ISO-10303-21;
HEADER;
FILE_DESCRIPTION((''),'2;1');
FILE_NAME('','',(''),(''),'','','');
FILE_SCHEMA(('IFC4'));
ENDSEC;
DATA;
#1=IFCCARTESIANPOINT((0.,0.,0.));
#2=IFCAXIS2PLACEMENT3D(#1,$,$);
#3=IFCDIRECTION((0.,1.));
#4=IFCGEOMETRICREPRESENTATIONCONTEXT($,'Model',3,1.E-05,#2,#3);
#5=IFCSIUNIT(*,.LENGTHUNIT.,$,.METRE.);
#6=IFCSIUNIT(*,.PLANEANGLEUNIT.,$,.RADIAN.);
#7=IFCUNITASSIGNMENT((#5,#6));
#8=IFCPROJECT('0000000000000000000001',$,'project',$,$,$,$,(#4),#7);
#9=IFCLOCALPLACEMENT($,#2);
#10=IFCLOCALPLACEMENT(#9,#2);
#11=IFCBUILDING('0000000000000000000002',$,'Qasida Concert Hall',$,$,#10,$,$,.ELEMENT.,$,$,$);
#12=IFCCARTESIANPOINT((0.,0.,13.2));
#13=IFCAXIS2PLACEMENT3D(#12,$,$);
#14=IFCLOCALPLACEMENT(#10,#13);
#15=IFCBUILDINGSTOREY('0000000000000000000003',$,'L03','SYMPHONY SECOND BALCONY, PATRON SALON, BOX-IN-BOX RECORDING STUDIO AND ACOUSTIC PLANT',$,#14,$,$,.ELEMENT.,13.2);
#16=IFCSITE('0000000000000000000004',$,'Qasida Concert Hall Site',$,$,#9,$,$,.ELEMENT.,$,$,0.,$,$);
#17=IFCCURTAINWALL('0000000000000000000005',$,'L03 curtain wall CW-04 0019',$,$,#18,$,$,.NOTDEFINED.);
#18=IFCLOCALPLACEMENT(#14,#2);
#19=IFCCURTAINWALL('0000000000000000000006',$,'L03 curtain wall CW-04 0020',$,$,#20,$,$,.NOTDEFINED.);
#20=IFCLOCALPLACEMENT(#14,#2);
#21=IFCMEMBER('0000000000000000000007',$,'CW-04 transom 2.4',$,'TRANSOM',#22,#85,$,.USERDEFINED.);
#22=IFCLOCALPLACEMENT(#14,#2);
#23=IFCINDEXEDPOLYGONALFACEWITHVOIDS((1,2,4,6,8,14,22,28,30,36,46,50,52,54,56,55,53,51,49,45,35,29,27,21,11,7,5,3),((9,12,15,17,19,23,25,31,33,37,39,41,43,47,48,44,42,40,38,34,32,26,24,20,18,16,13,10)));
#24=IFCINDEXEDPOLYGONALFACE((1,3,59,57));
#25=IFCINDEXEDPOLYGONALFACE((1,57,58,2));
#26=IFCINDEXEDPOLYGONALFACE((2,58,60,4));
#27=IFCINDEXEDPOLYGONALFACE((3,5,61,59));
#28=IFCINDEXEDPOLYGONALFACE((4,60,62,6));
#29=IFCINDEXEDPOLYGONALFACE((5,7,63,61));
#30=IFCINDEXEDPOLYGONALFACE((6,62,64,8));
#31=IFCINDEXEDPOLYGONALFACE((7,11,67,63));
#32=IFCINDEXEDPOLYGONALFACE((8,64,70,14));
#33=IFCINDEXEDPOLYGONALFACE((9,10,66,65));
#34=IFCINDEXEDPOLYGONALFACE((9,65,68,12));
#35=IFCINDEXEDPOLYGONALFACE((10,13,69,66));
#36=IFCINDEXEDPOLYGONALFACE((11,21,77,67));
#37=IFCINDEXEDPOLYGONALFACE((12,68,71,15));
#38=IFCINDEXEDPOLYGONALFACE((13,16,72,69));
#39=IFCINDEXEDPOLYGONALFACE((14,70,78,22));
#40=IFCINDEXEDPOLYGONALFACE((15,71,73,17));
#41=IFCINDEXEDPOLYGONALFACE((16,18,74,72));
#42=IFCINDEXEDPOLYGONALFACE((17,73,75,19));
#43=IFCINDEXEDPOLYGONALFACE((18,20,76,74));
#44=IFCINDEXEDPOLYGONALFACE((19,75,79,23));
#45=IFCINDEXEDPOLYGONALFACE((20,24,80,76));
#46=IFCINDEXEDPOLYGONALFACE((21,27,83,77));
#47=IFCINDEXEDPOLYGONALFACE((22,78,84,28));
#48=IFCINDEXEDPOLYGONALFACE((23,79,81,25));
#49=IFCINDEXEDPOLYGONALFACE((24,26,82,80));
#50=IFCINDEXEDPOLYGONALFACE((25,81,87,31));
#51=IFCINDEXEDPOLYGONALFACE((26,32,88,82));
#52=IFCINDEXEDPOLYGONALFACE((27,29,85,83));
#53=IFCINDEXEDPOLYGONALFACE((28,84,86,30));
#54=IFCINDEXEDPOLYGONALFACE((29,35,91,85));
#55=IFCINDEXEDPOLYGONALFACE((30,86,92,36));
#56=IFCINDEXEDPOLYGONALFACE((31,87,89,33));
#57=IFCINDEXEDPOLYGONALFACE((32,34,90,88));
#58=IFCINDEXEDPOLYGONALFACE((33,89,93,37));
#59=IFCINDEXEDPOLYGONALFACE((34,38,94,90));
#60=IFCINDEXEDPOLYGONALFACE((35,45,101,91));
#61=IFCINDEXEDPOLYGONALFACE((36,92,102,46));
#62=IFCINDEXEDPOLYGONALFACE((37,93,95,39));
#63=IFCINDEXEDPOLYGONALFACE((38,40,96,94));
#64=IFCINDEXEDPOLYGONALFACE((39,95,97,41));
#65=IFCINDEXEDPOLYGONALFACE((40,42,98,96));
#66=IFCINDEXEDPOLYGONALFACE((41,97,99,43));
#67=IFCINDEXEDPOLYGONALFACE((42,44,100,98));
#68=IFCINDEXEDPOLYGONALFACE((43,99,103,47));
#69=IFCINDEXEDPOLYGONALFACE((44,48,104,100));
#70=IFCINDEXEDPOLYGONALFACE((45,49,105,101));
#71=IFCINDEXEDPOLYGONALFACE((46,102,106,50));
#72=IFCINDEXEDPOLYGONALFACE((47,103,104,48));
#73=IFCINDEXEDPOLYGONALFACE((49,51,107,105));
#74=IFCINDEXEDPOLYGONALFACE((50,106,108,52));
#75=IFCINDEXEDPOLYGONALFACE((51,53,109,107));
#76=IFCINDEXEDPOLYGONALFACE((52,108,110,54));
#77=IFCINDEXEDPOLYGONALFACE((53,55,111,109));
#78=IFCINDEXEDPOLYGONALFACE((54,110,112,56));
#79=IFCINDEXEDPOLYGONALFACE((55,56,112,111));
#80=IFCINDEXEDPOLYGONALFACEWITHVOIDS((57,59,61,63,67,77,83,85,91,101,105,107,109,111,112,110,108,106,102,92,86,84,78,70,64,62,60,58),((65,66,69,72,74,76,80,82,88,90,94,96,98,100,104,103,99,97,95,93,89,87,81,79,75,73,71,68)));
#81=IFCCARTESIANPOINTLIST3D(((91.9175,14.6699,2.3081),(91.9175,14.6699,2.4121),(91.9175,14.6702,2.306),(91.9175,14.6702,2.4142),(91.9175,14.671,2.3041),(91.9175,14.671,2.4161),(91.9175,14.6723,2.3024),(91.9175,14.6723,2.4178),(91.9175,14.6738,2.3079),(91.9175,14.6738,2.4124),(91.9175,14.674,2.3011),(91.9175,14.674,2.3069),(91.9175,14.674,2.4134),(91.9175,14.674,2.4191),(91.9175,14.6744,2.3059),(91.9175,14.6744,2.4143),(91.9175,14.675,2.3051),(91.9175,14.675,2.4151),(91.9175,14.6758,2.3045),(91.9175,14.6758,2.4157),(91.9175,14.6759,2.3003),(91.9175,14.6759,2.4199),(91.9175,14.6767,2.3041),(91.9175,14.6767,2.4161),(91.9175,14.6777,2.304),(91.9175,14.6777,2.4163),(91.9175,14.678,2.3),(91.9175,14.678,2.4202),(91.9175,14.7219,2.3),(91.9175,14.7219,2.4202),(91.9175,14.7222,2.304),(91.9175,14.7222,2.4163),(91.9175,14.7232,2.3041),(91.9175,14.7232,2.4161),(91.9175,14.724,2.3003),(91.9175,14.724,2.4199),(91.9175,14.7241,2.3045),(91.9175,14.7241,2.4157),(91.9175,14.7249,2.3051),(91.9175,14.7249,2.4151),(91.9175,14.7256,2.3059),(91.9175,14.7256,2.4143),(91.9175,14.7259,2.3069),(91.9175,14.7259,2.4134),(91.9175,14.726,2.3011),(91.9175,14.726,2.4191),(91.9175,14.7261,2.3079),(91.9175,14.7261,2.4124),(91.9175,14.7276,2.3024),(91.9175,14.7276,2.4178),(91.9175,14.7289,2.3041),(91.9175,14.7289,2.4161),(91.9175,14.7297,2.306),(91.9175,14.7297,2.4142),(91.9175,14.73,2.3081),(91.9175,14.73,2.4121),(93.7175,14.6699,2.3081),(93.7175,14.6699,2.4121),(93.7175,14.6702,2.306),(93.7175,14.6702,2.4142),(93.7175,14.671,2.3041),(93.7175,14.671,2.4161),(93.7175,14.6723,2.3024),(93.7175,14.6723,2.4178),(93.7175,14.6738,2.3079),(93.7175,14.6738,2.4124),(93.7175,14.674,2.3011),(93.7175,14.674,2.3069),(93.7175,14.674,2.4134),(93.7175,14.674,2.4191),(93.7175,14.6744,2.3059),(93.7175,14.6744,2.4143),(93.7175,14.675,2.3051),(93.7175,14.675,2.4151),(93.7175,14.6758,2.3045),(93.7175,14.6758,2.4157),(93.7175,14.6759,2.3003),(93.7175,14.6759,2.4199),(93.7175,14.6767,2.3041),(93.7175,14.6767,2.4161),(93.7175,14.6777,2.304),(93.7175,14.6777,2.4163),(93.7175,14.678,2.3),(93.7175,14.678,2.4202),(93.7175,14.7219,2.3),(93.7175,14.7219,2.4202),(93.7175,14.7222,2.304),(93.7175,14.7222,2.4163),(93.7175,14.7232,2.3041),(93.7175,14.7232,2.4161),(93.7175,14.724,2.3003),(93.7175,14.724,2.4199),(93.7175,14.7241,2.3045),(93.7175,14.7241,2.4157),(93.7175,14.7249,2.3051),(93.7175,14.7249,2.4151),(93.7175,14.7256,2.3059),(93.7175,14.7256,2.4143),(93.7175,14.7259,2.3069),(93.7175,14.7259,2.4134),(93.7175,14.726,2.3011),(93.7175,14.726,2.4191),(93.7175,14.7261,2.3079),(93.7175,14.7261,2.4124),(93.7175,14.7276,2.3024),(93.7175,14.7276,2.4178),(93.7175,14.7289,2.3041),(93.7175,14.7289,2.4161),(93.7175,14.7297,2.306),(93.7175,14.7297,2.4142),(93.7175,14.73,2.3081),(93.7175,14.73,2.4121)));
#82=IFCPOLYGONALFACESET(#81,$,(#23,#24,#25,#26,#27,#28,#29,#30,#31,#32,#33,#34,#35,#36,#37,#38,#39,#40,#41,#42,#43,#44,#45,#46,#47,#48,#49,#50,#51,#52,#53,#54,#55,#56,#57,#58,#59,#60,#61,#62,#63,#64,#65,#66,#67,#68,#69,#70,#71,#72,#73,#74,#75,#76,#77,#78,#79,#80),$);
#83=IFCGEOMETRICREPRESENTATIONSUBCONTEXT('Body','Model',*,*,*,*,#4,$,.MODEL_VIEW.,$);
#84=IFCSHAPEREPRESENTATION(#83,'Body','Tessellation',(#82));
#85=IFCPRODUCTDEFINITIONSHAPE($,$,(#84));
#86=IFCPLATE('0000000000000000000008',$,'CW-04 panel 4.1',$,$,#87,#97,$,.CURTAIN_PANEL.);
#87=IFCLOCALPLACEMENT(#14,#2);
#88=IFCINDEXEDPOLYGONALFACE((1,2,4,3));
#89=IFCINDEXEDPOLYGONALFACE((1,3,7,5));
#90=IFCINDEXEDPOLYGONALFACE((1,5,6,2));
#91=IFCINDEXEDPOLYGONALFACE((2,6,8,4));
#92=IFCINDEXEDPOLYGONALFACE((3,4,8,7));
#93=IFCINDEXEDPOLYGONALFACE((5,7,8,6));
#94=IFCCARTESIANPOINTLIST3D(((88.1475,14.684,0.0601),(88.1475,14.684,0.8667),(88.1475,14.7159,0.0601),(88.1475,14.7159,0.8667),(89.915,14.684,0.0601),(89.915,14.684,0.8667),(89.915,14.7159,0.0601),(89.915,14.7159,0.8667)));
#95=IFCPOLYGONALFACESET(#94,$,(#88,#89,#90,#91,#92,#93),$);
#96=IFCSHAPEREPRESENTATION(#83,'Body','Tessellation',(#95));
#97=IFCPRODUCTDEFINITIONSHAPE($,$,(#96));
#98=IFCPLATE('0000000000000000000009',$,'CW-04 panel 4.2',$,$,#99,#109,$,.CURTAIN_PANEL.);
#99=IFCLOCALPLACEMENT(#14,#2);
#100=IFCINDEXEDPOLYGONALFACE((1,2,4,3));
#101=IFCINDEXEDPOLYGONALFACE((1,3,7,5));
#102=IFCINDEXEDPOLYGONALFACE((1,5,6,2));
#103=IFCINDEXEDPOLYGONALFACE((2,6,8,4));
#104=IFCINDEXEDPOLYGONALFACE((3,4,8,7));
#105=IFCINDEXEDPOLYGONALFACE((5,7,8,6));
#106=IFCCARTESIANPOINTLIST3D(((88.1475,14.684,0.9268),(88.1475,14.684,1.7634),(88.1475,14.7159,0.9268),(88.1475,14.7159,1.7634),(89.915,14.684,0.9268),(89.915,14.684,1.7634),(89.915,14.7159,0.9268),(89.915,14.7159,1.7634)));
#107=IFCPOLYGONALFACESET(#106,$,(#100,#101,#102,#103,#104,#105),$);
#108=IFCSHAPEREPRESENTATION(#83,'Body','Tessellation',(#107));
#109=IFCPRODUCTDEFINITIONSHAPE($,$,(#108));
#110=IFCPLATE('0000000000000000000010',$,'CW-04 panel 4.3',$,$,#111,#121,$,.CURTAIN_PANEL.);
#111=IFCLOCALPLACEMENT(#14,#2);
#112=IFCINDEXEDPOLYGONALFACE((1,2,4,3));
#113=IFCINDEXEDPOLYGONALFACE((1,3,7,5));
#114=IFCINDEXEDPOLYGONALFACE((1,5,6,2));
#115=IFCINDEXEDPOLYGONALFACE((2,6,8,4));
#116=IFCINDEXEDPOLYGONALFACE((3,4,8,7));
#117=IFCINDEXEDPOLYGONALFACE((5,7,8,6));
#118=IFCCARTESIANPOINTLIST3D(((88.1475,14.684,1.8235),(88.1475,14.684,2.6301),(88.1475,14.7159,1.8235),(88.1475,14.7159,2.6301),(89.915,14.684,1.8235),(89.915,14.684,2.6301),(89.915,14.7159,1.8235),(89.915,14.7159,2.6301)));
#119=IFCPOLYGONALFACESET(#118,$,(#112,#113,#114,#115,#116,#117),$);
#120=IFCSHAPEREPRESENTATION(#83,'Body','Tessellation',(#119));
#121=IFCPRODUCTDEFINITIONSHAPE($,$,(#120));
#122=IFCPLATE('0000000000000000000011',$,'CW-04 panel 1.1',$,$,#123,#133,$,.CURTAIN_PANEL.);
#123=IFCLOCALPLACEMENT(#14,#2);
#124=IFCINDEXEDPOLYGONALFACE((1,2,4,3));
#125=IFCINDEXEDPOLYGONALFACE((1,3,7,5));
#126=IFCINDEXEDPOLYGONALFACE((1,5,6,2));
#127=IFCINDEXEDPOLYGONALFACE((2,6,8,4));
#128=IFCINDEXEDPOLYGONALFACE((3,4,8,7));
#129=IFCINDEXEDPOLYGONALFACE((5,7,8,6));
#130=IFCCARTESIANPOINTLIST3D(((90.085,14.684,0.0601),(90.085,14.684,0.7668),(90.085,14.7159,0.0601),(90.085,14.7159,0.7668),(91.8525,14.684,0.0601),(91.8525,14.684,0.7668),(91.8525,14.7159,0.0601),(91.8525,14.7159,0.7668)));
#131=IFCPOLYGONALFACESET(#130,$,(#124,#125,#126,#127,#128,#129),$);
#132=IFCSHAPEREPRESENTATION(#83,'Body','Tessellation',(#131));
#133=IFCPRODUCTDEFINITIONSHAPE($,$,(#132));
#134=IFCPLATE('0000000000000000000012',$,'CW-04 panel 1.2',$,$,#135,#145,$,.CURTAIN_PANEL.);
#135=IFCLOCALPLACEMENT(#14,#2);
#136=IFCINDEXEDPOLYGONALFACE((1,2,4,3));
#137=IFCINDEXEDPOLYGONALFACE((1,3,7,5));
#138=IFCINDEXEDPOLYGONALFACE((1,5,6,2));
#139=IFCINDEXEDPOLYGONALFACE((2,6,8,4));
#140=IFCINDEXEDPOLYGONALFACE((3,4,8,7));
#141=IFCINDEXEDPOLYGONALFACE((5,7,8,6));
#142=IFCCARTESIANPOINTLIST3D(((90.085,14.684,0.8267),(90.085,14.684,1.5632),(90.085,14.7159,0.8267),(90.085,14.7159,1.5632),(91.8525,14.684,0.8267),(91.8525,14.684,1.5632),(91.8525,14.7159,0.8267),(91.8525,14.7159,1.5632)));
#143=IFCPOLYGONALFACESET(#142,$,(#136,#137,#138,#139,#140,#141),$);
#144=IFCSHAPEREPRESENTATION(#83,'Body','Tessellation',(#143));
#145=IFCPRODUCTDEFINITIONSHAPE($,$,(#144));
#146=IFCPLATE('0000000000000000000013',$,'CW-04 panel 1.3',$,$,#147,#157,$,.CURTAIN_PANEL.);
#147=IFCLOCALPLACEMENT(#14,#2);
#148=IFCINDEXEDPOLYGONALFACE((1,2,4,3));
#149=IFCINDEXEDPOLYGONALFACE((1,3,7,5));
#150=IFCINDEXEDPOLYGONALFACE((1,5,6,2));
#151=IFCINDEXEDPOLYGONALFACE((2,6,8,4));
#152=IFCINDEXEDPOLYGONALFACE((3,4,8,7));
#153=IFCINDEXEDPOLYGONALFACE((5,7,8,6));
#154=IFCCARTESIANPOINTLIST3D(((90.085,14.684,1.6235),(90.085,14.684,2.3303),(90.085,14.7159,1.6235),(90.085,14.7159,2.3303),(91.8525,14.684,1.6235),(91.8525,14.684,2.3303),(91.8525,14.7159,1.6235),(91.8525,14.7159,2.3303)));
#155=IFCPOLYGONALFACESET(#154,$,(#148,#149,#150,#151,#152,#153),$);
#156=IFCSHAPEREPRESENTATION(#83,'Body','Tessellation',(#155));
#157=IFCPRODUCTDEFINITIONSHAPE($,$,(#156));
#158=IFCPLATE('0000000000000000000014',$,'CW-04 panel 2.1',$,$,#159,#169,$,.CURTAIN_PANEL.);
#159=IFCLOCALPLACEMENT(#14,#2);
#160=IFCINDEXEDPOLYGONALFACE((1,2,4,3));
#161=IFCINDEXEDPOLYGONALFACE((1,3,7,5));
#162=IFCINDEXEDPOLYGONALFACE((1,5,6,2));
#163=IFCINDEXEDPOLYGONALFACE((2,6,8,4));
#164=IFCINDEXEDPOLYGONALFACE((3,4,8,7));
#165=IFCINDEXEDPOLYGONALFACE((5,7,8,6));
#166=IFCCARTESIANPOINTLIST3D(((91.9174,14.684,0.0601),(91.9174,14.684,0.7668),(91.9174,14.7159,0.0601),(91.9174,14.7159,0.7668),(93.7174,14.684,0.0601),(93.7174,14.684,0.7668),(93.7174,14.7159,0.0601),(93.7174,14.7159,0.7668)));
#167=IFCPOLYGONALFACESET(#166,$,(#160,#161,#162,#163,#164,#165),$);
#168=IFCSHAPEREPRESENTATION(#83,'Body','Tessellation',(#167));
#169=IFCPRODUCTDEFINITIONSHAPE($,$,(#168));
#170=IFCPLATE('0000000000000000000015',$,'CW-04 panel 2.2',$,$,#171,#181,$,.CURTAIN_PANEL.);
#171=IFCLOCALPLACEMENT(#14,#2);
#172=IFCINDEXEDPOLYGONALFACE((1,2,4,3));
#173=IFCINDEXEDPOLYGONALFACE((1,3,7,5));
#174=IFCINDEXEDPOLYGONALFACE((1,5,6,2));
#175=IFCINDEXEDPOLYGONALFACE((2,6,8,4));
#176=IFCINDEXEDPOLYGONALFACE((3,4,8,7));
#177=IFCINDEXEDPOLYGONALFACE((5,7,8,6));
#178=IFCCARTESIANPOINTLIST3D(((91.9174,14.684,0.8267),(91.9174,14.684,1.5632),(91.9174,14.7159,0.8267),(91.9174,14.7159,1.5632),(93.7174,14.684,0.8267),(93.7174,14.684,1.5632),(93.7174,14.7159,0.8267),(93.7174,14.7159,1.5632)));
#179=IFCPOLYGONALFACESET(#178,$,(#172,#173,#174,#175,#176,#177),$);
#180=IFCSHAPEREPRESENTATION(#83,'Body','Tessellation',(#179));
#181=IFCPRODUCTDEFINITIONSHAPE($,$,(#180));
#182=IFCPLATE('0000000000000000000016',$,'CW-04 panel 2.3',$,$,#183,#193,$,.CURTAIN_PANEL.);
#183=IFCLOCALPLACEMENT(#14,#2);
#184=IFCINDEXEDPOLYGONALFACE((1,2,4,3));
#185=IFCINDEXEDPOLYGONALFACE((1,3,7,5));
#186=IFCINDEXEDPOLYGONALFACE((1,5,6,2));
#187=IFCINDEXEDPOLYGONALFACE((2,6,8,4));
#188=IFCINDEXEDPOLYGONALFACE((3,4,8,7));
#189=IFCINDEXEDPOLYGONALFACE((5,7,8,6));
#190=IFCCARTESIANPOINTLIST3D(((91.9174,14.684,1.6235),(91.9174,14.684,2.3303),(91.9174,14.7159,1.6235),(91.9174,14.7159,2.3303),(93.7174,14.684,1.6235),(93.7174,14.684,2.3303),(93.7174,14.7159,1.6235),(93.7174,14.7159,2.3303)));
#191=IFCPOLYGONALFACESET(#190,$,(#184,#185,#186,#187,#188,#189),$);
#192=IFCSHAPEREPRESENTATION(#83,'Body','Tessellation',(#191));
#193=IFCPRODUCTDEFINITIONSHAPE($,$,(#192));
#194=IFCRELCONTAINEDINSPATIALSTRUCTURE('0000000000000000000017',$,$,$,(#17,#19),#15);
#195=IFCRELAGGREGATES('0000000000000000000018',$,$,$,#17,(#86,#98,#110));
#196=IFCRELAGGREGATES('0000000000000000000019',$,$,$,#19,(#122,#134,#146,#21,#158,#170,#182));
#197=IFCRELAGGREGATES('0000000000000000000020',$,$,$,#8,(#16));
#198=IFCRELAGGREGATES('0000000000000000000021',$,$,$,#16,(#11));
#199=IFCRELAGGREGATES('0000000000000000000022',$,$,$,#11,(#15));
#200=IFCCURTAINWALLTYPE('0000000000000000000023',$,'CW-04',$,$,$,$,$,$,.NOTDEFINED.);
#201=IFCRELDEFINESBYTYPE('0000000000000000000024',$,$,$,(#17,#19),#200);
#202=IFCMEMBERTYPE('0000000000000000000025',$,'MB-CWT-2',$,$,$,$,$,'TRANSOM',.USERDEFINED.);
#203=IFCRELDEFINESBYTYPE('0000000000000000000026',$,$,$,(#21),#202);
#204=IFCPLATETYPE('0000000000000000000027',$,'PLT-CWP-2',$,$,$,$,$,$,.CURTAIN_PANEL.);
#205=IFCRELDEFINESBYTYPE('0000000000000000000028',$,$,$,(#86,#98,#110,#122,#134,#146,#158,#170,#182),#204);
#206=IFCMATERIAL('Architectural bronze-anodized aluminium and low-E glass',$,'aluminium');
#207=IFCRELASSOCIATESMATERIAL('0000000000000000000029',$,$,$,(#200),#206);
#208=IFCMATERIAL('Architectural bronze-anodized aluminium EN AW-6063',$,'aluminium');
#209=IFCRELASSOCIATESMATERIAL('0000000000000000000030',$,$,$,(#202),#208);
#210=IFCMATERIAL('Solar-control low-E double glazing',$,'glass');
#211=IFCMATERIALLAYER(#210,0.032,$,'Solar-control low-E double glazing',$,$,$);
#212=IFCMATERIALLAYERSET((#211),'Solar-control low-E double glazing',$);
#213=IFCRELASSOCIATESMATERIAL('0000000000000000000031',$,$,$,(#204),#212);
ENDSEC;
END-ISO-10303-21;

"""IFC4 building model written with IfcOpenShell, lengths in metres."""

from ifc_helpers import new_model, si_unit, direction, frame, origin, origin_2d, place, context, subcontext, project, spatial, rectangle, hollow_rectangle, extrude, material, layer, layer_set, material_profile, profile_set, type_object, element, aggregate, save


model = new_model("IFC4")

# Units and contexts
model_context = context("Model", 3, precision=1e-05, world=origin(), true_north=direction((0.0, 1.0)))
body_context = subcontext(model_context, "Body", "Model", "MODEL_VIEW")
ifc_project = project(units=[si_unit("LENGTHUNIT", "METRE"), si_unit("PLANEANGLEUNIT", "RADIAN")], contexts=[model_context])

# Site, building, storey
site_placement = place(None, origin())
site = spatial("IfcSite", under=ifc_project, at=site_placement, Name="Qasida Concert Hall Site", CompositionType="ELEMENT", RefElevation=0.0)
building_placement = place(site_placement, origin())
building = spatial("IfcBuilding", under=site, at=building_placement, Name="Qasida Concert Hall", CompositionType="ELEMENT")
storey_placement = place(building_placement, frame((0.0, 0.0, 13.2)))
storey = spatial("IfcBuildingStorey", under=building, at=storey_placement, Name="L03", Description="SYMPHONY SECOND BALCONY, PATRON SALON, BOX-IN-BOX RECORDING STUDIO AND ACOUSTIC PLANT", CompositionType="ELEMENT", Elevation=13.2)

# Curtain wall
ifc_material_1 = material(Name="Architectural bronze-anodized aluminium and low-E glass", Category="aluminium")
curtain_wall_type = type_object("IfcCurtainWallType", Name="CW-04", PredefinedType="NOTDEFINED", material=ifc_material_1)
curtain_wall_1_placement = place(storey_placement, origin())
curtain_wall_1 = element("IfcCurtainWall", 1, at=curtain_wall_1_placement, inside=storey, type_object=curtain_wall_type, Name="L03 curtain wall CW-04 0019", PredefinedType="NOTDEFINED")
ifc_material_2 = material(Name="Architectural bronze-anodized aluminium EN AW-6063", Category="aluminium")

# Curtain wall, member
curtain_wall_2_placement = place(storey_placement, origin())
curtain_wall_2 = element("IfcCurtainWall", 2, at=curtain_wall_2_placement, inside=storey, type_object=curtain_wall_type, Name="L03 curtain wall CW-04 0020", PredefinedType="NOTDEFINED")
ifc_material_profile_1 = material_profile(ifc_material_2, hollow_rectangle(XDim=0.0601, YDim=0.1201, WallThickness=0.0039, InnerFilletRadius=0.0039, OuterFilletRadius=0.0081, at=origin_2d()), Name="CWT 120x60x4")
ifc_profile_set_1 = profile_set([ifc_material_profile_1], Name="Architectural bronze-anodized aluminium EN AW-6063")
member_type_1 = type_object("IfcMemberType", Name="MB-CWT-2", ElementType="TRANSOM", PredefinedType="USERDEFINED", material=ifc_profile_set_1)
member_1_placement = place(storey_placement, frame((91.9175, 14.7, 2.3601), z_axis=(1.0, 0.0, 0.0), x_axis=(0.0, 1.0, 0.0)))
member_1 = element("IfcMember", 3, at=member_1_placement, type_object=member_type_1, Name="CW-04 transom 2.4", ObjectType="TRANSOM", PredefinedType="USERDEFINED", context=body_context, shape_type="SweptSolid", body=[
    extrude(hollow_rectangle(XDim=0.0601, YDim=0.1201, WallThickness=0.0039, InnerFilletRadius=0.0039, OuterFilletRadius=0.0081, at=origin_2d()), origin(), (0.0, 0.0, 1.0), 1.8),
])

# Plates
ifc_material_3 = material(Name="Solar-control low-E double glazing", Category="glass")
ifc_layer_1 = layer(ifc_material_3, 0.032, Name="Solar-control low-E double glazing")
ifc_layer_set_1 = layer_set([ifc_layer_1], Name="Solar-control low-E double glazing")
plate_type = type_object("IfcPlateType", Name="PLT-CWP-2", PredefinedType="CURTAIN_PANEL", material=ifc_layer_set_1)
plate_1_placement = place(storey_placement, frame((89.0312, 14.7, 0.0601), z_axis=(0.0, 0.0, 1.0), x_axis=(1.0, 0.0, 0.0)))
plate_1 = element("IfcPlate", 4, at=plate_1_placement, type_object=plate_type, Name="CW-04 panel 4.1", PredefinedType="CURTAIN_PANEL", context=body_context, shape_type="SweptSolid", body=[
    extrude(rectangle(XDim=1.7676, YDim=0.032, at=origin_2d()), origin(), (0.0, 0.0, 1.0), 0.8066),
])
plate_2_placement = place(storey_placement, frame((89.0312, 14.7, 0.9268), z_axis=(0.0, 0.0, 1.0), x_axis=(1.0, 0.0, 0.0)))
plate_2 = element("IfcPlate", 5, at=plate_2_placement, type_object=plate_type, Name="CW-04 panel 4.2", PredefinedType="CURTAIN_PANEL", context=body_context, shape_type="SweptSolid", body=[
    extrude(rectangle(XDim=1.7676, YDim=0.032, at=origin_2d()), origin(), (0.0, 0.0, 1.0), 0.8367),
])
plate_3_placement = place(storey_placement, frame((89.0312, 14.7, 1.8235), z_axis=(0.0, 0.0, 1.0), x_axis=(1.0, 0.0, 0.0)))
plate_3 = element("IfcPlate", 6, at=plate_3_placement, type_object=plate_type, Name="CW-04 panel 4.3", PredefinedType="CURTAIN_PANEL", context=body_context, shape_type="SweptSolid", body=[
    extrude(rectangle(XDim=1.7676, YDim=0.032, at=origin_2d()), origin(), (0.0, 0.0, 1.0), 0.8066),
])
aggregate(curtain_wall_1, [plate_1, plate_2, plate_3])
plate_4_placement = place(storey_placement, frame((90.9688, 14.7, 0.0601), z_axis=(0.0, 0.0, 1.0), x_axis=(1.0, 0.0, 0.0)))
plate_4 = element("IfcPlate", 7, at=plate_4_placement, type_object=plate_type, Name="CW-04 panel 1.1", PredefinedType="CURTAIN_PANEL", context=body_context, shape_type="SweptSolid", body=[
    extrude(rectangle(XDim=1.7676, YDim=0.032, at=origin_2d()), origin(), (0.0, 0.0, 1.0), 0.7068),
])
plate_5_placement = place(storey_placement, frame((90.9688, 14.7, 0.8267), z_axis=(0.0, 0.0, 1.0), x_axis=(1.0, 0.0, 0.0)))
plate_5 = element("IfcPlate", 8, at=plate_5_placement, type_object=plate_type, Name="CW-04 panel 1.2", PredefinedType="CURTAIN_PANEL", context=body_context, shape_type="SweptSolid", body=[
    extrude(rectangle(XDim=1.7676, YDim=0.032, at=origin_2d()), origin(), (0.0, 0.0, 1.0), 0.7366),
])
plate_6_placement = place(storey_placement, frame((90.9688, 14.7, 1.6235), z_axis=(0.0, 0.0, 1.0), x_axis=(1.0, 0.0, 0.0)))
plate_6 = element("IfcPlate", 9, at=plate_6_placement, type_object=plate_type, Name="CW-04 panel 1.3", PredefinedType="CURTAIN_PANEL", context=body_context, shape_type="SweptSolid", body=[
    extrude(rectangle(XDim=1.7676, YDim=0.032, at=origin_2d()), origin(), (0.0, 0.0, 1.0), 0.7068),
])
plate_7_placement = place(storey_placement, frame((92.8174, 14.7, 0.0601), z_axis=(0.0, 0.0, 1.0), x_axis=(1.0, 0.0, 0.0)))
plate_7 = element("IfcPlate", 10, at=plate_7_placement, type_object=plate_type, Name="CW-04 panel 2.1", PredefinedType="CURTAIN_PANEL", context=body_context, shape_type="SweptSolid", body=[
    extrude(rectangle(XDim=1.8, YDim=0.032, at=origin_2d()), origin(), (0.0, 0.0, 1.0), 0.7068),
])
plate_8_placement = place(storey_placement, frame((92.8174, 14.7, 0.8267), z_axis=(0.0, 0.0, 1.0), x_axis=(1.0, 0.0, 0.0)))
plate_8 = element("IfcPlate", 11, at=plate_8_placement, type_object=plate_type, Name="CW-04 panel 2.2", PredefinedType="CURTAIN_PANEL", context=body_context, shape_type="SweptSolid", body=[
    extrude(rectangle(XDim=1.8, YDim=0.032, at=origin_2d()), origin(), (0.0, 0.0, 1.0), 0.7366),
])
plate_9_placement = place(storey_placement, frame((92.8174, 14.7, 1.6235), z_axis=(0.0, 0.0, 1.0), x_axis=(1.0, 0.0, 0.0)))
plate_9 = element("IfcPlate", 12, at=plate_9_placement, type_object=plate_type, Name="CW-04 panel 2.3", PredefinedType="CURTAIN_PANEL", context=body_context, shape_type="SweptSolid", body=[
    extrude(rectangle(XDim=1.8, YDim=0.032, at=origin_2d()), origin(), (0.0, 0.0, 1.0), 0.7068),
])
aggregate(curtain_wall_2, [plate_4, plate_5, plate_6, member_1, plate_7, plate_8, plate_9])

save(model, "model.ifc")
